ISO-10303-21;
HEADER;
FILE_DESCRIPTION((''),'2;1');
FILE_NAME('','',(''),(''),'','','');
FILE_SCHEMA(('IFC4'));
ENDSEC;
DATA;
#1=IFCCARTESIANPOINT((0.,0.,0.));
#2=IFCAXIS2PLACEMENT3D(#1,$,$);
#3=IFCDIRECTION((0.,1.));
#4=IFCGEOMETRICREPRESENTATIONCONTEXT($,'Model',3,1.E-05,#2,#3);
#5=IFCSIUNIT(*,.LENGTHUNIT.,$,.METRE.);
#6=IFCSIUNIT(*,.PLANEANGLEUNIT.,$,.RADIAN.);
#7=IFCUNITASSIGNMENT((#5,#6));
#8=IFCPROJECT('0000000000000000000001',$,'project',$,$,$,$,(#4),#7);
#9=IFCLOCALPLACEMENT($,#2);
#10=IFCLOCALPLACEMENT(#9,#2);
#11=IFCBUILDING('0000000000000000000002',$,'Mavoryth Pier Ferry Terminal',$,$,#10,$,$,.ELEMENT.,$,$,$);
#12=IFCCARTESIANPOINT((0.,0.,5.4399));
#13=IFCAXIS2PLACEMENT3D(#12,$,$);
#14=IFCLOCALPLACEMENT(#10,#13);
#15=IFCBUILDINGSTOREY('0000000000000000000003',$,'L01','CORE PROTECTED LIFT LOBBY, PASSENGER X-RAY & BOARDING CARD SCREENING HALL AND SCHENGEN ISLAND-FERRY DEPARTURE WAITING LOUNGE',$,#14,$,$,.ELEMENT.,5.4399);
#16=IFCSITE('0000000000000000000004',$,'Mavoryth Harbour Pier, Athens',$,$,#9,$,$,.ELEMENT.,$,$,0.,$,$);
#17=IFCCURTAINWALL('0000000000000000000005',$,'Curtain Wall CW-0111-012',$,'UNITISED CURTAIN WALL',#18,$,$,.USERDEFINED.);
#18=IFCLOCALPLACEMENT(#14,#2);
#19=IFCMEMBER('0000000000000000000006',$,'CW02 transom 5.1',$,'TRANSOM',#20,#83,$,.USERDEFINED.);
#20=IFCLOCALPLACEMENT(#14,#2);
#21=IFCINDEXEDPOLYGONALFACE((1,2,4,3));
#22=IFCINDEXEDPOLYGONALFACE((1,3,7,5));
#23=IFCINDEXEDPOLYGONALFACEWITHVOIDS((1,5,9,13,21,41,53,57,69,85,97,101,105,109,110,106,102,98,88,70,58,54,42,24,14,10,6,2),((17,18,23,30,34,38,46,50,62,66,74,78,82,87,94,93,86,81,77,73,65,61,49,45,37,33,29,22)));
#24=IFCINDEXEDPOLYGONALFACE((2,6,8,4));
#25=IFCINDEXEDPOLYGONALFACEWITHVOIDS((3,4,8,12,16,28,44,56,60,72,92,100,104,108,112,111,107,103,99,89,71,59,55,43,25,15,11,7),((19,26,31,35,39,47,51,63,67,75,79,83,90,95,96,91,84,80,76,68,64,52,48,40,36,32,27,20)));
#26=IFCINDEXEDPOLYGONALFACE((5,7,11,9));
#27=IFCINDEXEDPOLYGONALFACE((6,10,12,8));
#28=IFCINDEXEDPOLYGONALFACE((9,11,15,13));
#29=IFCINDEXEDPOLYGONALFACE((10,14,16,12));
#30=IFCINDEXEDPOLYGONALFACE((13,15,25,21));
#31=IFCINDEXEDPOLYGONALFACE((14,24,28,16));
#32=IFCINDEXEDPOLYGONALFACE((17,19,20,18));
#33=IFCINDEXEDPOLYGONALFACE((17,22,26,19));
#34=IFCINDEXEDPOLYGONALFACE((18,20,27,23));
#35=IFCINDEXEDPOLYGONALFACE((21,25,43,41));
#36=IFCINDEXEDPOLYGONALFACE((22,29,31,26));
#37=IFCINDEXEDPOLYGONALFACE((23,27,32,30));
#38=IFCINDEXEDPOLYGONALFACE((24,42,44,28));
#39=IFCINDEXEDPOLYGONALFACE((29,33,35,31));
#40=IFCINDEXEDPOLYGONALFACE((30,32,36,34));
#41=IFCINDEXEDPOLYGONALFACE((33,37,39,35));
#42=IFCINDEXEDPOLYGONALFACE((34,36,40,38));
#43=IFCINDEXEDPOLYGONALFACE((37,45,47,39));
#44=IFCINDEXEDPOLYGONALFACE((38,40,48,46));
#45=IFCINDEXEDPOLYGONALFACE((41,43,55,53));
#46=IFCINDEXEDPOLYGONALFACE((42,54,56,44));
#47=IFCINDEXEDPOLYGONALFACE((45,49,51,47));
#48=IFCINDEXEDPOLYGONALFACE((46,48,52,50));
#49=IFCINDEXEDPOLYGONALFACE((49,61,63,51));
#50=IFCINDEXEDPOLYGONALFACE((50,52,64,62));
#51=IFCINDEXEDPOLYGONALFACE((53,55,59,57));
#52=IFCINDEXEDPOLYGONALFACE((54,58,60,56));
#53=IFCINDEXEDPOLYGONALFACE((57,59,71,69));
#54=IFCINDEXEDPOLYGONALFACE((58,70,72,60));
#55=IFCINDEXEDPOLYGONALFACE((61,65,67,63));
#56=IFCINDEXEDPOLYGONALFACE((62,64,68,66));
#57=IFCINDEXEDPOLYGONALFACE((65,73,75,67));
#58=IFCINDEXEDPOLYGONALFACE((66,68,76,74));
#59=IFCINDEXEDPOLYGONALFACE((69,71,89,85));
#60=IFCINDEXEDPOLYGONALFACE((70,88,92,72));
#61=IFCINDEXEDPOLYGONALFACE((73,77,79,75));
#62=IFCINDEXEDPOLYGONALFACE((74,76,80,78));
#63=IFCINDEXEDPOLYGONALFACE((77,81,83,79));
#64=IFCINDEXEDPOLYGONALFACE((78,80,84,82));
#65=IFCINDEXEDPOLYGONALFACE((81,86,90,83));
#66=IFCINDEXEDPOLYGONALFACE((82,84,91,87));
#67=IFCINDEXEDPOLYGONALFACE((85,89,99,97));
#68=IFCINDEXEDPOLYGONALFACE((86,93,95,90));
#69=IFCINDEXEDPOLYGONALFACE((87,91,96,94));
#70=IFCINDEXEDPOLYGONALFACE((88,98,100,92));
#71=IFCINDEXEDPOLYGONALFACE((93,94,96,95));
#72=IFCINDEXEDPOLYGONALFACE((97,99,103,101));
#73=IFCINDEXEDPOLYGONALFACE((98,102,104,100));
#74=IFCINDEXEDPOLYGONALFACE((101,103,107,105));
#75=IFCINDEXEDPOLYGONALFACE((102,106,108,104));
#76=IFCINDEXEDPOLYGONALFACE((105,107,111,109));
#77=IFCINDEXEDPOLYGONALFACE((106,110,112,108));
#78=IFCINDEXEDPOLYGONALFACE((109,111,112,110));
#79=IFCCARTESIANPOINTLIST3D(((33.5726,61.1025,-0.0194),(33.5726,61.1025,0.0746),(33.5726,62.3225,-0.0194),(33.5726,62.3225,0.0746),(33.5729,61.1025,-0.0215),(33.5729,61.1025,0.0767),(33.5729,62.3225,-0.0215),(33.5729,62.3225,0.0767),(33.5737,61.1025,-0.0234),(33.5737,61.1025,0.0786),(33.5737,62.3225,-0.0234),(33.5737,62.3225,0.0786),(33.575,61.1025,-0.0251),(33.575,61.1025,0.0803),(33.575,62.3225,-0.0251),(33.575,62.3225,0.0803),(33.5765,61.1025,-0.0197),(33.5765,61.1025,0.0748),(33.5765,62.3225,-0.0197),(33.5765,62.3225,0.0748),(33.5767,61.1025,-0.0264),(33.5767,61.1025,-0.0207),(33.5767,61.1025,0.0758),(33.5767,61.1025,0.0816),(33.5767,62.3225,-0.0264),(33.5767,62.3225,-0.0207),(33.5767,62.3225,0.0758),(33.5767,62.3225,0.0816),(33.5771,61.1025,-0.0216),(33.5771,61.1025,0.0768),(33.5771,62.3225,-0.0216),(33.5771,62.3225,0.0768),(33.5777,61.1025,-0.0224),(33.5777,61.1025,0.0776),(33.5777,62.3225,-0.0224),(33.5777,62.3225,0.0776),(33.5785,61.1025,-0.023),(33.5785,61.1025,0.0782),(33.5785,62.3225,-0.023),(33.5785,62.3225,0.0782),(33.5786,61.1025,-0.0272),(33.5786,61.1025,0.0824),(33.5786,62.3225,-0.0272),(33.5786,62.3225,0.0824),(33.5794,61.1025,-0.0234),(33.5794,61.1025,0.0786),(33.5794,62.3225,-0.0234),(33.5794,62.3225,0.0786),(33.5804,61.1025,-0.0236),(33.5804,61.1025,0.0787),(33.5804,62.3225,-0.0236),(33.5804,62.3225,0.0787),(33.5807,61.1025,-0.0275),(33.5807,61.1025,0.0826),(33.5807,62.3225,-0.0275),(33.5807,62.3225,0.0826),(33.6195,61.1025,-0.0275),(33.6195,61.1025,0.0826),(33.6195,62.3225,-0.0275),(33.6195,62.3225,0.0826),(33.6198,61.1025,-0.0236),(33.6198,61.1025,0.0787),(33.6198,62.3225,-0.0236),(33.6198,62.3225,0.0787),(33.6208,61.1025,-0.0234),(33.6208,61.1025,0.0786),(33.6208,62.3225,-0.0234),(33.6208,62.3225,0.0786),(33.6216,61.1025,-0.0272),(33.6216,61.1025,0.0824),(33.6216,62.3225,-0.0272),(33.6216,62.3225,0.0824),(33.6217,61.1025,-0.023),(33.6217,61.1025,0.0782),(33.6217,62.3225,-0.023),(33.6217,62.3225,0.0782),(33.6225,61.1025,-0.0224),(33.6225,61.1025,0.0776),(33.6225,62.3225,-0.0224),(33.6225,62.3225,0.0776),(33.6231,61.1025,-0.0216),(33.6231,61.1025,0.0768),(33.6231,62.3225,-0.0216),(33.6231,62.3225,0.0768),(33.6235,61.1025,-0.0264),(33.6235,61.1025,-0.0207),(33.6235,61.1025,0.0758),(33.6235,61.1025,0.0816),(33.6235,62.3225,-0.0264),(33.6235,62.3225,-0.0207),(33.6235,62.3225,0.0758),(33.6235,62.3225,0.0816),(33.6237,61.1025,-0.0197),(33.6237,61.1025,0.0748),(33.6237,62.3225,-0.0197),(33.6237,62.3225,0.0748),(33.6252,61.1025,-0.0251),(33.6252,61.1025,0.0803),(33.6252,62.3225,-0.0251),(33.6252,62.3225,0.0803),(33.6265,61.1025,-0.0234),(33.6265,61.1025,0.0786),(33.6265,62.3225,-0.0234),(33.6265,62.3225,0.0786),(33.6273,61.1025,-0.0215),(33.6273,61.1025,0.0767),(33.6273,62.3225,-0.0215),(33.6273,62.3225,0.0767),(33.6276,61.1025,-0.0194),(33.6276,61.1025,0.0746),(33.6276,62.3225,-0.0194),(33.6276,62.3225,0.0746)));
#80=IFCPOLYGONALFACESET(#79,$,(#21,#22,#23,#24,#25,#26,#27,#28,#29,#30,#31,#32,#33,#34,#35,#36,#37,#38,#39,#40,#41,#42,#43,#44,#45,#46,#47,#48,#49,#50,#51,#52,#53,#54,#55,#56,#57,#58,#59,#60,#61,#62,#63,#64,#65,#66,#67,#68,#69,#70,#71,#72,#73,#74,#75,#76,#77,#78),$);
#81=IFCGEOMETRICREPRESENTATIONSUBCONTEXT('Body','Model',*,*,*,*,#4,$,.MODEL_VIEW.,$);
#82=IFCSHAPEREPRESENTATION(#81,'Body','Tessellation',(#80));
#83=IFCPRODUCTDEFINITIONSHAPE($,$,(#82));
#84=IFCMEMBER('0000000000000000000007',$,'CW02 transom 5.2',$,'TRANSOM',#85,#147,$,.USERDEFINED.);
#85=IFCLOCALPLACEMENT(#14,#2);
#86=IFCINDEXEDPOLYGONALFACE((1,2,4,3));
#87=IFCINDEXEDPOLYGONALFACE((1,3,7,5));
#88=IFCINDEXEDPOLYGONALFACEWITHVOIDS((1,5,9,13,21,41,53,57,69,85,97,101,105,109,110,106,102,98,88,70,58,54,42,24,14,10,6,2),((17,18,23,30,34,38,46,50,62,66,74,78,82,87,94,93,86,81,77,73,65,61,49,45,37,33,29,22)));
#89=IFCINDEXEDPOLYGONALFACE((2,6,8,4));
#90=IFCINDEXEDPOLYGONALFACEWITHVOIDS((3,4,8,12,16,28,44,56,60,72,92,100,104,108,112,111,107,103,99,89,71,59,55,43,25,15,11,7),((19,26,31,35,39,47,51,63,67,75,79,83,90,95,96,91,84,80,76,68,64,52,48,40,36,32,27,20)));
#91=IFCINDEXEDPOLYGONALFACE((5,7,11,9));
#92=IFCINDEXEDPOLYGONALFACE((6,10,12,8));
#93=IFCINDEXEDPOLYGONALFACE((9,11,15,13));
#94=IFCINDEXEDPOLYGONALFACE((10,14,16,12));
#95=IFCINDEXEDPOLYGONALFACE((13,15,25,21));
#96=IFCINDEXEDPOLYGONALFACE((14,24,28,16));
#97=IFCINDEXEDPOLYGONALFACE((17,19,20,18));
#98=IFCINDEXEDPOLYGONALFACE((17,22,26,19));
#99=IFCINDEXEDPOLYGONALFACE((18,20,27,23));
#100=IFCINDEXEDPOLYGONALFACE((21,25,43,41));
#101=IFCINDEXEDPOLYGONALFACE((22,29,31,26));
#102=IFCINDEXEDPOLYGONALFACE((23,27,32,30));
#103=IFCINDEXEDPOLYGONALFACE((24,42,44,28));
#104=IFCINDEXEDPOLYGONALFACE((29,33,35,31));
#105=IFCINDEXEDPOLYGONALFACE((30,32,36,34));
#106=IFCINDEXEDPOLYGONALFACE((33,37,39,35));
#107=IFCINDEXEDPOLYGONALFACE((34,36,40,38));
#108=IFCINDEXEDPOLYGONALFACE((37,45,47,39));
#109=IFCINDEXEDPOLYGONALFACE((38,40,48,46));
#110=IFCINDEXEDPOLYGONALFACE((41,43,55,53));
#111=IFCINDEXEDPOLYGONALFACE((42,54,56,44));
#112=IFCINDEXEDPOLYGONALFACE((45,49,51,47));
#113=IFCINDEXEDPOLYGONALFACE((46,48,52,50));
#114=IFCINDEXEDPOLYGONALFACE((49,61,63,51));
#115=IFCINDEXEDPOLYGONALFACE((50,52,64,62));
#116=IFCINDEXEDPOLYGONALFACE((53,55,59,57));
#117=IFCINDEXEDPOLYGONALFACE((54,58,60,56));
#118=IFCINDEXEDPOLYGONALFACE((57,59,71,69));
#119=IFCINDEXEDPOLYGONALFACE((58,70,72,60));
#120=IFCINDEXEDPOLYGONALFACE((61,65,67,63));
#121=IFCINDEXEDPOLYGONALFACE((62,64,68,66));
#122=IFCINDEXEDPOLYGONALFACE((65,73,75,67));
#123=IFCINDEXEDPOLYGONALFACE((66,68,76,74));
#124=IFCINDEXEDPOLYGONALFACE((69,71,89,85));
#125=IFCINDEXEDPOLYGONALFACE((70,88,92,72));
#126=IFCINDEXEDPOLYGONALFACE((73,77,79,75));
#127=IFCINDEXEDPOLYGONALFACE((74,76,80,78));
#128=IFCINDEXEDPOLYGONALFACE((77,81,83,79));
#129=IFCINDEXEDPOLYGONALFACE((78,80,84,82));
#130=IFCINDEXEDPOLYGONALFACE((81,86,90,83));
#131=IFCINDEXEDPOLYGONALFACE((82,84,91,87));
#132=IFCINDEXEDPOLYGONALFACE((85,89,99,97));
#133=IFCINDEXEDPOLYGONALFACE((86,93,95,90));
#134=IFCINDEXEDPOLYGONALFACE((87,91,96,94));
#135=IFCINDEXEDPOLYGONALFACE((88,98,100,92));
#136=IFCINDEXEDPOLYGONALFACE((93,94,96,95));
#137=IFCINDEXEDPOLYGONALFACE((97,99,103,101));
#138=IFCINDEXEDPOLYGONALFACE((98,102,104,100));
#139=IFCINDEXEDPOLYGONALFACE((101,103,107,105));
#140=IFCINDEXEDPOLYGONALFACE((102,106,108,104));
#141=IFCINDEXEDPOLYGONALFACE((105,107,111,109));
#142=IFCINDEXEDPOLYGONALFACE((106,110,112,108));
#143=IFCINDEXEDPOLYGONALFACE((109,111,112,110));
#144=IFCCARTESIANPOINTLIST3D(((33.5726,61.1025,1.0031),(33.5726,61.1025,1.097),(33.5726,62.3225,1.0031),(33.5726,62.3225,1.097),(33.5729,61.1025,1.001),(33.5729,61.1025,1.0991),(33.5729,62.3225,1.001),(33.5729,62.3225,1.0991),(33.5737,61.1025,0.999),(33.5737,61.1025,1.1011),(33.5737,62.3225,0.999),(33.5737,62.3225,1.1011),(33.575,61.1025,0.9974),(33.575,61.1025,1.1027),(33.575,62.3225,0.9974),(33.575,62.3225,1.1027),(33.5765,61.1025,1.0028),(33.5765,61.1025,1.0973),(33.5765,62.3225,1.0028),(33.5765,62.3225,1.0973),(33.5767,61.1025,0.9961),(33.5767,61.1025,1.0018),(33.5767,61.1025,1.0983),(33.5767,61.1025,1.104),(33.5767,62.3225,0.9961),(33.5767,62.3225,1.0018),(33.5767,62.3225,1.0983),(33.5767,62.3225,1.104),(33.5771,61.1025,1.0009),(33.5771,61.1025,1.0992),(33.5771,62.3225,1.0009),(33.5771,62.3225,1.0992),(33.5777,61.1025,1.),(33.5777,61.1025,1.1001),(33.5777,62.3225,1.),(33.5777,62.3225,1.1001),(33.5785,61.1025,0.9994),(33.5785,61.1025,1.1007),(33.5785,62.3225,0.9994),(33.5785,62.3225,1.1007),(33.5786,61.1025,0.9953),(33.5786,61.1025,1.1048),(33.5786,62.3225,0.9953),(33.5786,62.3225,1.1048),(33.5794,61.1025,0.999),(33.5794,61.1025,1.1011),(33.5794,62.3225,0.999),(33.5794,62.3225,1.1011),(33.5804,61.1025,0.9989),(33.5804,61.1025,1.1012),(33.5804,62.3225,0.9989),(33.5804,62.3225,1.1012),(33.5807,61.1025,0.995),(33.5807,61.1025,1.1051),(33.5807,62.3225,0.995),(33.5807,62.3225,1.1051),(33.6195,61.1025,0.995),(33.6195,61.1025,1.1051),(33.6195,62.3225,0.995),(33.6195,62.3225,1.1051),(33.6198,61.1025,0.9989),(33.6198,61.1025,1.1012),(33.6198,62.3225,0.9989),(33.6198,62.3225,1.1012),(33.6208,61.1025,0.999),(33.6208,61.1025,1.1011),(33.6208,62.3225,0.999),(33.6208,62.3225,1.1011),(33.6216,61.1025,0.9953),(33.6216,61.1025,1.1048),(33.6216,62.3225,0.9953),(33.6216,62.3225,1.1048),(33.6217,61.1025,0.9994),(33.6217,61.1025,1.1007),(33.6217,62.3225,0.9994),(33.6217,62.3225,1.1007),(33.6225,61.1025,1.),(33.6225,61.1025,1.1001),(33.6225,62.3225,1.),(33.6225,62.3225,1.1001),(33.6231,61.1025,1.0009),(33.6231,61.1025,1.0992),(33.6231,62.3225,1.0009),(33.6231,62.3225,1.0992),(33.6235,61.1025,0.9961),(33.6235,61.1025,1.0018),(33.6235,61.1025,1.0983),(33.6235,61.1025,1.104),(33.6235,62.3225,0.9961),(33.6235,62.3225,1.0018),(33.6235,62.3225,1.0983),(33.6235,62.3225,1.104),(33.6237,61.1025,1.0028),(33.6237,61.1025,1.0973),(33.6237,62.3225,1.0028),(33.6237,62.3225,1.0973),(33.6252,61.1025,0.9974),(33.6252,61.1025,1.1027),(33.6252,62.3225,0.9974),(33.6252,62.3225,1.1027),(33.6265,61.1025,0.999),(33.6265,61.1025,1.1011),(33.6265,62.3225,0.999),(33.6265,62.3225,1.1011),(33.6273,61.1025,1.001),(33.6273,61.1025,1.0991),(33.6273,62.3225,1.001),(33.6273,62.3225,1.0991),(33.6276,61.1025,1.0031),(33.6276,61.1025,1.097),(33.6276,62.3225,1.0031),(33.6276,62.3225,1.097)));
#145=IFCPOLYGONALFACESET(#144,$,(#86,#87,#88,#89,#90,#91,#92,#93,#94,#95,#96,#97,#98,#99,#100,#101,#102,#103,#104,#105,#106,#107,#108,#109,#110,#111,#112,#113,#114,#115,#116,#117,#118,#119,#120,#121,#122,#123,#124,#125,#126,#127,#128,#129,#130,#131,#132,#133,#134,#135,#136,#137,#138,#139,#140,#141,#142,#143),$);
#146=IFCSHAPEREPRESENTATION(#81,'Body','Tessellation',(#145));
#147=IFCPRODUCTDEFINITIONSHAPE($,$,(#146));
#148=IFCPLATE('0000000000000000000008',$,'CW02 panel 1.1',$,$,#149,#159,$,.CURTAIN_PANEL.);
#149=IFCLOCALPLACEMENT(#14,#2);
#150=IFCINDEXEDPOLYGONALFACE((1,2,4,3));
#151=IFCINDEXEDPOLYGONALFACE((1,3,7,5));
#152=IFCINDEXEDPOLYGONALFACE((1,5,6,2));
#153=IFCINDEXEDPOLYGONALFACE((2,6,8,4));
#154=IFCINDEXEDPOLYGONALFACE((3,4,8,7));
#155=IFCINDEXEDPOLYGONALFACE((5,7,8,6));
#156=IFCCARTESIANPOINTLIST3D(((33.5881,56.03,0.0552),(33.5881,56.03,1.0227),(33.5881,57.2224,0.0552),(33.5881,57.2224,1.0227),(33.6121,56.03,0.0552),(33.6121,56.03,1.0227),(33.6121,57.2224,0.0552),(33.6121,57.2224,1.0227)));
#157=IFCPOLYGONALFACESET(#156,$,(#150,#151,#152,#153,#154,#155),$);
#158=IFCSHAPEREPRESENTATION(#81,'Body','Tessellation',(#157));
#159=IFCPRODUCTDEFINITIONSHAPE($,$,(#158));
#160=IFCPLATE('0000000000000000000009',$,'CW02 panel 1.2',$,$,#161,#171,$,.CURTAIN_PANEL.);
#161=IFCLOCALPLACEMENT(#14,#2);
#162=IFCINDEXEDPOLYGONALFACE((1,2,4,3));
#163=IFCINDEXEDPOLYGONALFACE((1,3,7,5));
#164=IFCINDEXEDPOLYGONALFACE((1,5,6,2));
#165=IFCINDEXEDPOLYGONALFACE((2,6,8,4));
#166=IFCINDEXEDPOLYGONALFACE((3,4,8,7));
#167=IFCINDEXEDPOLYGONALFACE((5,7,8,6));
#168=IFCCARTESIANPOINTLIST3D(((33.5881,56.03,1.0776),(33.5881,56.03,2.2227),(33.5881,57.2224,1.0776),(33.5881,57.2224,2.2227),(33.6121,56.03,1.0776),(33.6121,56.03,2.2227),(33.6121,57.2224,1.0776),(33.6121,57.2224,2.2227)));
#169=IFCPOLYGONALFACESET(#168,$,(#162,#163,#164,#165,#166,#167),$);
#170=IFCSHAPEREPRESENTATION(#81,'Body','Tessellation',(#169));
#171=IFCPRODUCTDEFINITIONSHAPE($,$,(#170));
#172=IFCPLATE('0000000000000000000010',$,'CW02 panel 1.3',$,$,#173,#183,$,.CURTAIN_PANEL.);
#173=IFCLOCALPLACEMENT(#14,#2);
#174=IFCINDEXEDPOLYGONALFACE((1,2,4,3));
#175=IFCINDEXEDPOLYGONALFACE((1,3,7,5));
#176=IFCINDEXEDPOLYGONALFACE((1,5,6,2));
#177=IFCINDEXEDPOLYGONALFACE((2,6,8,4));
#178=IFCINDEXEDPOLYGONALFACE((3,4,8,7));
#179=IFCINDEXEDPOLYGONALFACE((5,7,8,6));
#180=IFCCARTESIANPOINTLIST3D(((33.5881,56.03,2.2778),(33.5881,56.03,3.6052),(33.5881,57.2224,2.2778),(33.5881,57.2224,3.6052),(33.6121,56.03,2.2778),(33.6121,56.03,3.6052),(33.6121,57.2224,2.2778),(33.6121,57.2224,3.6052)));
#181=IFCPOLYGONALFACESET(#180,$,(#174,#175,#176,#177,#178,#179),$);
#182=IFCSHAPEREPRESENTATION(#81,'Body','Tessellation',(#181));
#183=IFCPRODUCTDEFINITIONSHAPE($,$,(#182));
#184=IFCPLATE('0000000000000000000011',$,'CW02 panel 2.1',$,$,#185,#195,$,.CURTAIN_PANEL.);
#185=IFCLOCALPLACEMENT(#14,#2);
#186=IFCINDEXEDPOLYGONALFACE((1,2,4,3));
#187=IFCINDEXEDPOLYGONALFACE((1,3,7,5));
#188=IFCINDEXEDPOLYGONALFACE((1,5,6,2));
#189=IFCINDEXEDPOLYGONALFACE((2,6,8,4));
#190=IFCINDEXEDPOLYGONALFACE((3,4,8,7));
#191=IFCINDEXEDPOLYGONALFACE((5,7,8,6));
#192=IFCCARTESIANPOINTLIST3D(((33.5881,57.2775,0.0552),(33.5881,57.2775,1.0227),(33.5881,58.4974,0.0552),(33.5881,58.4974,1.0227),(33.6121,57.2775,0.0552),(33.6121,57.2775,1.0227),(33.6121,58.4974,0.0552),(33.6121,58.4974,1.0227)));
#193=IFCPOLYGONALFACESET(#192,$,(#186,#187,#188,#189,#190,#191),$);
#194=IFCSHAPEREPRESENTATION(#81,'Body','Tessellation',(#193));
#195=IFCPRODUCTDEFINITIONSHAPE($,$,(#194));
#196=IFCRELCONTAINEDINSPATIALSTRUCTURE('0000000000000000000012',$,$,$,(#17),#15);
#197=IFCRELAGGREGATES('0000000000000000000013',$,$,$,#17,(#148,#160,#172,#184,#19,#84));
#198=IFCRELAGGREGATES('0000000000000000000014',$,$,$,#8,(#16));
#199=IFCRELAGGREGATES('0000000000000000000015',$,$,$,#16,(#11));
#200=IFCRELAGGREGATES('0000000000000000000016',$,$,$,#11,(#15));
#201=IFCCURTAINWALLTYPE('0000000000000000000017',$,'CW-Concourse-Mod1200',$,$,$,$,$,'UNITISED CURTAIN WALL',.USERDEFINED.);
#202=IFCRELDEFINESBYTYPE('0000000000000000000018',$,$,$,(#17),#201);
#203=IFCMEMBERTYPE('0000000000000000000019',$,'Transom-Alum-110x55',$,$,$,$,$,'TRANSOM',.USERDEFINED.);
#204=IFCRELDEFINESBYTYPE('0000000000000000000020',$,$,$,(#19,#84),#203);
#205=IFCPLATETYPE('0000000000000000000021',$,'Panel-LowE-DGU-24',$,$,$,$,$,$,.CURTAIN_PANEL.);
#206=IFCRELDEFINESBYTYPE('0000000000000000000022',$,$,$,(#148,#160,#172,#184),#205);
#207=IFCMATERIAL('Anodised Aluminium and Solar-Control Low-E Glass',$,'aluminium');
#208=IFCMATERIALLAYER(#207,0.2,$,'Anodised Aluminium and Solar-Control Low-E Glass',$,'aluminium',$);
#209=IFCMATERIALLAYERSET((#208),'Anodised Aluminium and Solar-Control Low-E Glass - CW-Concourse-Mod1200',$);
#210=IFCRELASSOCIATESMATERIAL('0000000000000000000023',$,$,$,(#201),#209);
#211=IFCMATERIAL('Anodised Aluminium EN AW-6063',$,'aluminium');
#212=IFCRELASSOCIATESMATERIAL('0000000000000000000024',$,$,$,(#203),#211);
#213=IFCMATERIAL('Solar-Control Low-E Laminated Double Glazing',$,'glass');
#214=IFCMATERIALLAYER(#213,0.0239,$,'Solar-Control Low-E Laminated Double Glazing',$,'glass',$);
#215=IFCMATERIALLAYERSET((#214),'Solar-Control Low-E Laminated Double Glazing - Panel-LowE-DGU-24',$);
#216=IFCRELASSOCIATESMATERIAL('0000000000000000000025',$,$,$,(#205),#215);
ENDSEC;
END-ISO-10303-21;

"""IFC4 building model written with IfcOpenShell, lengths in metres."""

from ifc_helpers import new_model, si_unit, direction, frame, origin, origin_2d, place, context, subcontext, project, spatial, rectangle, hollow_rectangle, extrude, material, layer, layer_set, material_profile, profile_set, type_object, element, aggregate, save


model = new_model("IFC4")

# Units and contexts
model_context = context("Model", 3, precision=1e-05, world=origin(), true_north=direction((0.0, 1.0)))
body_context = subcontext(model_context, "Body", "Model", "MODEL_VIEW")
ifc_project = project(units=[si_unit("LENGTHUNIT", "METRE"), si_unit("PLANEANGLEUNIT", "RADIAN")], contexts=[model_context])

# Site, building, storey
site_placement = place(None, origin())
site = spatial("IfcSite", under=ifc_project, at=site_placement, Name="Mavoryth Harbour Pier, Athens", CompositionType="ELEMENT", RefElevation=0.0)
building_placement = place(site_placement, origin())
building = spatial("IfcBuilding", under=site, at=building_placement, Name="Mavoryth Pier Ferry Terminal", CompositionType="ELEMENT")
storey_placement = place(building_placement, frame((0.0, 0.0, 5.4399)))
storey = spatial("IfcBuildingStorey", under=building, at=storey_placement, Name="L01", Description="CORE PROTECTED LIFT LOBBY, PASSENGER X-RAY & BOARDING CARD SCREENING HALL AND SCHENGEN ISLAND-FERRY DEPARTURE WAITING LOUNGE", CompositionType="ELEMENT", Elevation=5.4399)

# Curtain wall, members, plates
ifc_material_1 = material(Name="Anodised Aluminium and Solar-Control Low-E Glass", Category="aluminium")
ifc_layer_1 = layer(ifc_material_1, 0.2, Name="Anodised Aluminium and Solar-Control Low-E Glass", Category="aluminium")
ifc_layer_set_1 = layer_set([ifc_layer_1], Name="Anodised Aluminium and Solar-Control Low-E Glass - CW-Concourse-Mod1200")
curtain_wall_type = type_object("IfcCurtainWallType", Name="CW-Concourse-Mod1200", ElementType="UNITISED CURTAIN WALL", PredefinedType="USERDEFINED", material=ifc_layer_set_1)
curtain_wall_placement = place(storey_placement, origin())
curtain_wall = element("IfcCurtainWall", 1, at=curtain_wall_placement, inside=storey, type_object=curtain_wall_type, Name="Curtain Wall CW-0111-012", ObjectType="UNITISED CURTAIN WALL", PredefinedType="USERDEFINED")
ifc_material_2 = material(Name="Anodised Aluminium EN AW-6063", Category="aluminium")
ifc_material_profile_1 = material_profile(ifc_material_2, hollow_rectangle(XDim=0.0549, YDim=0.1101, WallThickness=0.0039, InnerFilletRadius=0.0039, OuterFilletRadius=0.0081, at=origin_2d()), Name="AL-TRAN 110x55x4", Category="aluminium")
ifc_profile_set_1 = profile_set([ifc_material_profile_1], Name="Anodised Aluminium EN AW-6063 - AL-TRAN 110x55x4")
member_type_1 = type_object("IfcMemberType", Name="Transom-Alum-110x55", ElementType="TRANSOM", PredefinedType="USERDEFINED", material=ifc_profile_set_1)
member_1_placement = place(storey_placement, frame((33.6001, 61.1025, 0.0276), z_axis=(0.0, 1.0, 0.0), x_axis=(-1.0, 0.0, 0.0)))
member_1 = element("IfcMember", 2, at=member_1_placement, type_object=member_type_1, Name="CW02 transom 5.1", ObjectType="TRANSOM", PredefinedType="USERDEFINED", context=body_context, shape_type="SweptSolid", body=[
    extrude(hollow_rectangle(XDim=0.0549, YDim=0.1101, WallThickness=0.0039, InnerFilletRadius=0.0039, OuterFilletRadius=0.0081, at=origin_2d()), origin(), (0.0, 0.0, 1.0), 1.22),
])
member_2_placement = place(storey_placement, frame((33.6001, 61.1025, 1.05), z_axis=(0.0, 1.0, 0.0), x_axis=(-1.0, 0.0, 0.0)))
member_2 = element("IfcMember", 3, at=member_2_placement, type_object=member_type_1, Name="CW02 transom 5.2", ObjectType="TRANSOM", PredefinedType="USERDEFINED", context=body_context, shape_type="SweptSolid", body=[
    extrude(hollow_rectangle(XDim=0.0549, YDim=0.1101, WallThickness=0.0039, InnerFilletRadius=0.0039, OuterFilletRadius=0.0081, at=origin_2d()), origin(), (0.0, 0.0, 1.0), 1.22),
])
ifc_material_3 = material(Name="Solar-Control Low-E Laminated Double Glazing", Category="glass")
ifc_layer_2 = layer(ifc_material_3, 0.0239, Name="Solar-Control Low-E Laminated Double Glazing", Category="glass")
ifc_layer_set_2 = layer_set([ifc_layer_2], Name="Solar-Control Low-E Laminated Double Glazing - Panel-LowE-DGU-24")
plate_type = type_object("IfcPlateType", Name="Panel-LowE-DGU-24", PredefinedType="CURTAIN_PANEL", material=ifc_layer_set_2)
plate_1_placement = place(storey_placement, frame((33.6001, 56.6262, 0.0552), z_axis=(0.0, 0.0, 1.0), x_axis=(0.0, 1.0, 0.0)))
plate_1 = element("IfcPlate", 4, at=plate_1_placement, type_object=plate_type, Name="CW02 panel 1.1", PredefinedType="CURTAIN_PANEL", context=body_context, shape_type="SweptSolid", body=[
    extrude(rectangle(XDim=1.1924, YDim=0.0239, at=origin_2d()), origin(), (0.0, 0.0, 1.0), 0.9675),
])
plate_2_placement = place(storey_placement, frame((33.6001, 56.6262, 1.0776), z_axis=(0.0, 0.0, 1.0), x_axis=(0.0, 1.0, 0.0)))
plate_2 = element("IfcPlate", 5, at=plate_2_placement, type_object=plate_type, Name="CW02 panel 1.2", PredefinedType="CURTAIN_PANEL", context=body_context, shape_type="SweptSolid", body=[
    extrude(rectangle(XDim=1.1924, YDim=0.0239, at=origin_2d()), origin(), (0.0, 0.0, 1.0), 1.145),
])
plate_3_placement = place(storey_placement, frame((33.6001, 56.6262, 2.2778), z_axis=(0.0, 0.0, 1.0), x_axis=(0.0, 1.0, 0.0)))
plate_3 = element("IfcPlate", 6, at=plate_3_placement, type_object=plate_type, Name="CW02 panel 1.3", PredefinedType="CURTAIN_PANEL", context=body_context, shape_type="SweptSolid", body=[
    extrude(rectangle(XDim=1.1924, YDim=0.0239, at=origin_2d()), origin(), (0.0, 0.0, 1.0), 1.3274),
])
plate_4_placement = place(storey_placement, frame((33.6001, 57.8875, 0.0552), z_axis=(0.0, 0.0, 1.0), x_axis=(0.0, 1.0, 0.0)))
plate_4 = element("IfcPlate", 7, at=plate_4_placement, type_object=plate_type, Name="CW02 panel 2.1", PredefinedType="CURTAIN_PANEL", context=body_context, shape_type="SweptSolid", body=[
    extrude(rectangle(XDim=1.22, YDim=0.0239, at=origin_2d()), origin(), (0.0, 0.0, 1.0), 0.9675),
])
aggregate(curtain_wall, [plate_1, plate_2, plate_3, plate_4, member_1, member_2])

save(model, "model.ifc")
